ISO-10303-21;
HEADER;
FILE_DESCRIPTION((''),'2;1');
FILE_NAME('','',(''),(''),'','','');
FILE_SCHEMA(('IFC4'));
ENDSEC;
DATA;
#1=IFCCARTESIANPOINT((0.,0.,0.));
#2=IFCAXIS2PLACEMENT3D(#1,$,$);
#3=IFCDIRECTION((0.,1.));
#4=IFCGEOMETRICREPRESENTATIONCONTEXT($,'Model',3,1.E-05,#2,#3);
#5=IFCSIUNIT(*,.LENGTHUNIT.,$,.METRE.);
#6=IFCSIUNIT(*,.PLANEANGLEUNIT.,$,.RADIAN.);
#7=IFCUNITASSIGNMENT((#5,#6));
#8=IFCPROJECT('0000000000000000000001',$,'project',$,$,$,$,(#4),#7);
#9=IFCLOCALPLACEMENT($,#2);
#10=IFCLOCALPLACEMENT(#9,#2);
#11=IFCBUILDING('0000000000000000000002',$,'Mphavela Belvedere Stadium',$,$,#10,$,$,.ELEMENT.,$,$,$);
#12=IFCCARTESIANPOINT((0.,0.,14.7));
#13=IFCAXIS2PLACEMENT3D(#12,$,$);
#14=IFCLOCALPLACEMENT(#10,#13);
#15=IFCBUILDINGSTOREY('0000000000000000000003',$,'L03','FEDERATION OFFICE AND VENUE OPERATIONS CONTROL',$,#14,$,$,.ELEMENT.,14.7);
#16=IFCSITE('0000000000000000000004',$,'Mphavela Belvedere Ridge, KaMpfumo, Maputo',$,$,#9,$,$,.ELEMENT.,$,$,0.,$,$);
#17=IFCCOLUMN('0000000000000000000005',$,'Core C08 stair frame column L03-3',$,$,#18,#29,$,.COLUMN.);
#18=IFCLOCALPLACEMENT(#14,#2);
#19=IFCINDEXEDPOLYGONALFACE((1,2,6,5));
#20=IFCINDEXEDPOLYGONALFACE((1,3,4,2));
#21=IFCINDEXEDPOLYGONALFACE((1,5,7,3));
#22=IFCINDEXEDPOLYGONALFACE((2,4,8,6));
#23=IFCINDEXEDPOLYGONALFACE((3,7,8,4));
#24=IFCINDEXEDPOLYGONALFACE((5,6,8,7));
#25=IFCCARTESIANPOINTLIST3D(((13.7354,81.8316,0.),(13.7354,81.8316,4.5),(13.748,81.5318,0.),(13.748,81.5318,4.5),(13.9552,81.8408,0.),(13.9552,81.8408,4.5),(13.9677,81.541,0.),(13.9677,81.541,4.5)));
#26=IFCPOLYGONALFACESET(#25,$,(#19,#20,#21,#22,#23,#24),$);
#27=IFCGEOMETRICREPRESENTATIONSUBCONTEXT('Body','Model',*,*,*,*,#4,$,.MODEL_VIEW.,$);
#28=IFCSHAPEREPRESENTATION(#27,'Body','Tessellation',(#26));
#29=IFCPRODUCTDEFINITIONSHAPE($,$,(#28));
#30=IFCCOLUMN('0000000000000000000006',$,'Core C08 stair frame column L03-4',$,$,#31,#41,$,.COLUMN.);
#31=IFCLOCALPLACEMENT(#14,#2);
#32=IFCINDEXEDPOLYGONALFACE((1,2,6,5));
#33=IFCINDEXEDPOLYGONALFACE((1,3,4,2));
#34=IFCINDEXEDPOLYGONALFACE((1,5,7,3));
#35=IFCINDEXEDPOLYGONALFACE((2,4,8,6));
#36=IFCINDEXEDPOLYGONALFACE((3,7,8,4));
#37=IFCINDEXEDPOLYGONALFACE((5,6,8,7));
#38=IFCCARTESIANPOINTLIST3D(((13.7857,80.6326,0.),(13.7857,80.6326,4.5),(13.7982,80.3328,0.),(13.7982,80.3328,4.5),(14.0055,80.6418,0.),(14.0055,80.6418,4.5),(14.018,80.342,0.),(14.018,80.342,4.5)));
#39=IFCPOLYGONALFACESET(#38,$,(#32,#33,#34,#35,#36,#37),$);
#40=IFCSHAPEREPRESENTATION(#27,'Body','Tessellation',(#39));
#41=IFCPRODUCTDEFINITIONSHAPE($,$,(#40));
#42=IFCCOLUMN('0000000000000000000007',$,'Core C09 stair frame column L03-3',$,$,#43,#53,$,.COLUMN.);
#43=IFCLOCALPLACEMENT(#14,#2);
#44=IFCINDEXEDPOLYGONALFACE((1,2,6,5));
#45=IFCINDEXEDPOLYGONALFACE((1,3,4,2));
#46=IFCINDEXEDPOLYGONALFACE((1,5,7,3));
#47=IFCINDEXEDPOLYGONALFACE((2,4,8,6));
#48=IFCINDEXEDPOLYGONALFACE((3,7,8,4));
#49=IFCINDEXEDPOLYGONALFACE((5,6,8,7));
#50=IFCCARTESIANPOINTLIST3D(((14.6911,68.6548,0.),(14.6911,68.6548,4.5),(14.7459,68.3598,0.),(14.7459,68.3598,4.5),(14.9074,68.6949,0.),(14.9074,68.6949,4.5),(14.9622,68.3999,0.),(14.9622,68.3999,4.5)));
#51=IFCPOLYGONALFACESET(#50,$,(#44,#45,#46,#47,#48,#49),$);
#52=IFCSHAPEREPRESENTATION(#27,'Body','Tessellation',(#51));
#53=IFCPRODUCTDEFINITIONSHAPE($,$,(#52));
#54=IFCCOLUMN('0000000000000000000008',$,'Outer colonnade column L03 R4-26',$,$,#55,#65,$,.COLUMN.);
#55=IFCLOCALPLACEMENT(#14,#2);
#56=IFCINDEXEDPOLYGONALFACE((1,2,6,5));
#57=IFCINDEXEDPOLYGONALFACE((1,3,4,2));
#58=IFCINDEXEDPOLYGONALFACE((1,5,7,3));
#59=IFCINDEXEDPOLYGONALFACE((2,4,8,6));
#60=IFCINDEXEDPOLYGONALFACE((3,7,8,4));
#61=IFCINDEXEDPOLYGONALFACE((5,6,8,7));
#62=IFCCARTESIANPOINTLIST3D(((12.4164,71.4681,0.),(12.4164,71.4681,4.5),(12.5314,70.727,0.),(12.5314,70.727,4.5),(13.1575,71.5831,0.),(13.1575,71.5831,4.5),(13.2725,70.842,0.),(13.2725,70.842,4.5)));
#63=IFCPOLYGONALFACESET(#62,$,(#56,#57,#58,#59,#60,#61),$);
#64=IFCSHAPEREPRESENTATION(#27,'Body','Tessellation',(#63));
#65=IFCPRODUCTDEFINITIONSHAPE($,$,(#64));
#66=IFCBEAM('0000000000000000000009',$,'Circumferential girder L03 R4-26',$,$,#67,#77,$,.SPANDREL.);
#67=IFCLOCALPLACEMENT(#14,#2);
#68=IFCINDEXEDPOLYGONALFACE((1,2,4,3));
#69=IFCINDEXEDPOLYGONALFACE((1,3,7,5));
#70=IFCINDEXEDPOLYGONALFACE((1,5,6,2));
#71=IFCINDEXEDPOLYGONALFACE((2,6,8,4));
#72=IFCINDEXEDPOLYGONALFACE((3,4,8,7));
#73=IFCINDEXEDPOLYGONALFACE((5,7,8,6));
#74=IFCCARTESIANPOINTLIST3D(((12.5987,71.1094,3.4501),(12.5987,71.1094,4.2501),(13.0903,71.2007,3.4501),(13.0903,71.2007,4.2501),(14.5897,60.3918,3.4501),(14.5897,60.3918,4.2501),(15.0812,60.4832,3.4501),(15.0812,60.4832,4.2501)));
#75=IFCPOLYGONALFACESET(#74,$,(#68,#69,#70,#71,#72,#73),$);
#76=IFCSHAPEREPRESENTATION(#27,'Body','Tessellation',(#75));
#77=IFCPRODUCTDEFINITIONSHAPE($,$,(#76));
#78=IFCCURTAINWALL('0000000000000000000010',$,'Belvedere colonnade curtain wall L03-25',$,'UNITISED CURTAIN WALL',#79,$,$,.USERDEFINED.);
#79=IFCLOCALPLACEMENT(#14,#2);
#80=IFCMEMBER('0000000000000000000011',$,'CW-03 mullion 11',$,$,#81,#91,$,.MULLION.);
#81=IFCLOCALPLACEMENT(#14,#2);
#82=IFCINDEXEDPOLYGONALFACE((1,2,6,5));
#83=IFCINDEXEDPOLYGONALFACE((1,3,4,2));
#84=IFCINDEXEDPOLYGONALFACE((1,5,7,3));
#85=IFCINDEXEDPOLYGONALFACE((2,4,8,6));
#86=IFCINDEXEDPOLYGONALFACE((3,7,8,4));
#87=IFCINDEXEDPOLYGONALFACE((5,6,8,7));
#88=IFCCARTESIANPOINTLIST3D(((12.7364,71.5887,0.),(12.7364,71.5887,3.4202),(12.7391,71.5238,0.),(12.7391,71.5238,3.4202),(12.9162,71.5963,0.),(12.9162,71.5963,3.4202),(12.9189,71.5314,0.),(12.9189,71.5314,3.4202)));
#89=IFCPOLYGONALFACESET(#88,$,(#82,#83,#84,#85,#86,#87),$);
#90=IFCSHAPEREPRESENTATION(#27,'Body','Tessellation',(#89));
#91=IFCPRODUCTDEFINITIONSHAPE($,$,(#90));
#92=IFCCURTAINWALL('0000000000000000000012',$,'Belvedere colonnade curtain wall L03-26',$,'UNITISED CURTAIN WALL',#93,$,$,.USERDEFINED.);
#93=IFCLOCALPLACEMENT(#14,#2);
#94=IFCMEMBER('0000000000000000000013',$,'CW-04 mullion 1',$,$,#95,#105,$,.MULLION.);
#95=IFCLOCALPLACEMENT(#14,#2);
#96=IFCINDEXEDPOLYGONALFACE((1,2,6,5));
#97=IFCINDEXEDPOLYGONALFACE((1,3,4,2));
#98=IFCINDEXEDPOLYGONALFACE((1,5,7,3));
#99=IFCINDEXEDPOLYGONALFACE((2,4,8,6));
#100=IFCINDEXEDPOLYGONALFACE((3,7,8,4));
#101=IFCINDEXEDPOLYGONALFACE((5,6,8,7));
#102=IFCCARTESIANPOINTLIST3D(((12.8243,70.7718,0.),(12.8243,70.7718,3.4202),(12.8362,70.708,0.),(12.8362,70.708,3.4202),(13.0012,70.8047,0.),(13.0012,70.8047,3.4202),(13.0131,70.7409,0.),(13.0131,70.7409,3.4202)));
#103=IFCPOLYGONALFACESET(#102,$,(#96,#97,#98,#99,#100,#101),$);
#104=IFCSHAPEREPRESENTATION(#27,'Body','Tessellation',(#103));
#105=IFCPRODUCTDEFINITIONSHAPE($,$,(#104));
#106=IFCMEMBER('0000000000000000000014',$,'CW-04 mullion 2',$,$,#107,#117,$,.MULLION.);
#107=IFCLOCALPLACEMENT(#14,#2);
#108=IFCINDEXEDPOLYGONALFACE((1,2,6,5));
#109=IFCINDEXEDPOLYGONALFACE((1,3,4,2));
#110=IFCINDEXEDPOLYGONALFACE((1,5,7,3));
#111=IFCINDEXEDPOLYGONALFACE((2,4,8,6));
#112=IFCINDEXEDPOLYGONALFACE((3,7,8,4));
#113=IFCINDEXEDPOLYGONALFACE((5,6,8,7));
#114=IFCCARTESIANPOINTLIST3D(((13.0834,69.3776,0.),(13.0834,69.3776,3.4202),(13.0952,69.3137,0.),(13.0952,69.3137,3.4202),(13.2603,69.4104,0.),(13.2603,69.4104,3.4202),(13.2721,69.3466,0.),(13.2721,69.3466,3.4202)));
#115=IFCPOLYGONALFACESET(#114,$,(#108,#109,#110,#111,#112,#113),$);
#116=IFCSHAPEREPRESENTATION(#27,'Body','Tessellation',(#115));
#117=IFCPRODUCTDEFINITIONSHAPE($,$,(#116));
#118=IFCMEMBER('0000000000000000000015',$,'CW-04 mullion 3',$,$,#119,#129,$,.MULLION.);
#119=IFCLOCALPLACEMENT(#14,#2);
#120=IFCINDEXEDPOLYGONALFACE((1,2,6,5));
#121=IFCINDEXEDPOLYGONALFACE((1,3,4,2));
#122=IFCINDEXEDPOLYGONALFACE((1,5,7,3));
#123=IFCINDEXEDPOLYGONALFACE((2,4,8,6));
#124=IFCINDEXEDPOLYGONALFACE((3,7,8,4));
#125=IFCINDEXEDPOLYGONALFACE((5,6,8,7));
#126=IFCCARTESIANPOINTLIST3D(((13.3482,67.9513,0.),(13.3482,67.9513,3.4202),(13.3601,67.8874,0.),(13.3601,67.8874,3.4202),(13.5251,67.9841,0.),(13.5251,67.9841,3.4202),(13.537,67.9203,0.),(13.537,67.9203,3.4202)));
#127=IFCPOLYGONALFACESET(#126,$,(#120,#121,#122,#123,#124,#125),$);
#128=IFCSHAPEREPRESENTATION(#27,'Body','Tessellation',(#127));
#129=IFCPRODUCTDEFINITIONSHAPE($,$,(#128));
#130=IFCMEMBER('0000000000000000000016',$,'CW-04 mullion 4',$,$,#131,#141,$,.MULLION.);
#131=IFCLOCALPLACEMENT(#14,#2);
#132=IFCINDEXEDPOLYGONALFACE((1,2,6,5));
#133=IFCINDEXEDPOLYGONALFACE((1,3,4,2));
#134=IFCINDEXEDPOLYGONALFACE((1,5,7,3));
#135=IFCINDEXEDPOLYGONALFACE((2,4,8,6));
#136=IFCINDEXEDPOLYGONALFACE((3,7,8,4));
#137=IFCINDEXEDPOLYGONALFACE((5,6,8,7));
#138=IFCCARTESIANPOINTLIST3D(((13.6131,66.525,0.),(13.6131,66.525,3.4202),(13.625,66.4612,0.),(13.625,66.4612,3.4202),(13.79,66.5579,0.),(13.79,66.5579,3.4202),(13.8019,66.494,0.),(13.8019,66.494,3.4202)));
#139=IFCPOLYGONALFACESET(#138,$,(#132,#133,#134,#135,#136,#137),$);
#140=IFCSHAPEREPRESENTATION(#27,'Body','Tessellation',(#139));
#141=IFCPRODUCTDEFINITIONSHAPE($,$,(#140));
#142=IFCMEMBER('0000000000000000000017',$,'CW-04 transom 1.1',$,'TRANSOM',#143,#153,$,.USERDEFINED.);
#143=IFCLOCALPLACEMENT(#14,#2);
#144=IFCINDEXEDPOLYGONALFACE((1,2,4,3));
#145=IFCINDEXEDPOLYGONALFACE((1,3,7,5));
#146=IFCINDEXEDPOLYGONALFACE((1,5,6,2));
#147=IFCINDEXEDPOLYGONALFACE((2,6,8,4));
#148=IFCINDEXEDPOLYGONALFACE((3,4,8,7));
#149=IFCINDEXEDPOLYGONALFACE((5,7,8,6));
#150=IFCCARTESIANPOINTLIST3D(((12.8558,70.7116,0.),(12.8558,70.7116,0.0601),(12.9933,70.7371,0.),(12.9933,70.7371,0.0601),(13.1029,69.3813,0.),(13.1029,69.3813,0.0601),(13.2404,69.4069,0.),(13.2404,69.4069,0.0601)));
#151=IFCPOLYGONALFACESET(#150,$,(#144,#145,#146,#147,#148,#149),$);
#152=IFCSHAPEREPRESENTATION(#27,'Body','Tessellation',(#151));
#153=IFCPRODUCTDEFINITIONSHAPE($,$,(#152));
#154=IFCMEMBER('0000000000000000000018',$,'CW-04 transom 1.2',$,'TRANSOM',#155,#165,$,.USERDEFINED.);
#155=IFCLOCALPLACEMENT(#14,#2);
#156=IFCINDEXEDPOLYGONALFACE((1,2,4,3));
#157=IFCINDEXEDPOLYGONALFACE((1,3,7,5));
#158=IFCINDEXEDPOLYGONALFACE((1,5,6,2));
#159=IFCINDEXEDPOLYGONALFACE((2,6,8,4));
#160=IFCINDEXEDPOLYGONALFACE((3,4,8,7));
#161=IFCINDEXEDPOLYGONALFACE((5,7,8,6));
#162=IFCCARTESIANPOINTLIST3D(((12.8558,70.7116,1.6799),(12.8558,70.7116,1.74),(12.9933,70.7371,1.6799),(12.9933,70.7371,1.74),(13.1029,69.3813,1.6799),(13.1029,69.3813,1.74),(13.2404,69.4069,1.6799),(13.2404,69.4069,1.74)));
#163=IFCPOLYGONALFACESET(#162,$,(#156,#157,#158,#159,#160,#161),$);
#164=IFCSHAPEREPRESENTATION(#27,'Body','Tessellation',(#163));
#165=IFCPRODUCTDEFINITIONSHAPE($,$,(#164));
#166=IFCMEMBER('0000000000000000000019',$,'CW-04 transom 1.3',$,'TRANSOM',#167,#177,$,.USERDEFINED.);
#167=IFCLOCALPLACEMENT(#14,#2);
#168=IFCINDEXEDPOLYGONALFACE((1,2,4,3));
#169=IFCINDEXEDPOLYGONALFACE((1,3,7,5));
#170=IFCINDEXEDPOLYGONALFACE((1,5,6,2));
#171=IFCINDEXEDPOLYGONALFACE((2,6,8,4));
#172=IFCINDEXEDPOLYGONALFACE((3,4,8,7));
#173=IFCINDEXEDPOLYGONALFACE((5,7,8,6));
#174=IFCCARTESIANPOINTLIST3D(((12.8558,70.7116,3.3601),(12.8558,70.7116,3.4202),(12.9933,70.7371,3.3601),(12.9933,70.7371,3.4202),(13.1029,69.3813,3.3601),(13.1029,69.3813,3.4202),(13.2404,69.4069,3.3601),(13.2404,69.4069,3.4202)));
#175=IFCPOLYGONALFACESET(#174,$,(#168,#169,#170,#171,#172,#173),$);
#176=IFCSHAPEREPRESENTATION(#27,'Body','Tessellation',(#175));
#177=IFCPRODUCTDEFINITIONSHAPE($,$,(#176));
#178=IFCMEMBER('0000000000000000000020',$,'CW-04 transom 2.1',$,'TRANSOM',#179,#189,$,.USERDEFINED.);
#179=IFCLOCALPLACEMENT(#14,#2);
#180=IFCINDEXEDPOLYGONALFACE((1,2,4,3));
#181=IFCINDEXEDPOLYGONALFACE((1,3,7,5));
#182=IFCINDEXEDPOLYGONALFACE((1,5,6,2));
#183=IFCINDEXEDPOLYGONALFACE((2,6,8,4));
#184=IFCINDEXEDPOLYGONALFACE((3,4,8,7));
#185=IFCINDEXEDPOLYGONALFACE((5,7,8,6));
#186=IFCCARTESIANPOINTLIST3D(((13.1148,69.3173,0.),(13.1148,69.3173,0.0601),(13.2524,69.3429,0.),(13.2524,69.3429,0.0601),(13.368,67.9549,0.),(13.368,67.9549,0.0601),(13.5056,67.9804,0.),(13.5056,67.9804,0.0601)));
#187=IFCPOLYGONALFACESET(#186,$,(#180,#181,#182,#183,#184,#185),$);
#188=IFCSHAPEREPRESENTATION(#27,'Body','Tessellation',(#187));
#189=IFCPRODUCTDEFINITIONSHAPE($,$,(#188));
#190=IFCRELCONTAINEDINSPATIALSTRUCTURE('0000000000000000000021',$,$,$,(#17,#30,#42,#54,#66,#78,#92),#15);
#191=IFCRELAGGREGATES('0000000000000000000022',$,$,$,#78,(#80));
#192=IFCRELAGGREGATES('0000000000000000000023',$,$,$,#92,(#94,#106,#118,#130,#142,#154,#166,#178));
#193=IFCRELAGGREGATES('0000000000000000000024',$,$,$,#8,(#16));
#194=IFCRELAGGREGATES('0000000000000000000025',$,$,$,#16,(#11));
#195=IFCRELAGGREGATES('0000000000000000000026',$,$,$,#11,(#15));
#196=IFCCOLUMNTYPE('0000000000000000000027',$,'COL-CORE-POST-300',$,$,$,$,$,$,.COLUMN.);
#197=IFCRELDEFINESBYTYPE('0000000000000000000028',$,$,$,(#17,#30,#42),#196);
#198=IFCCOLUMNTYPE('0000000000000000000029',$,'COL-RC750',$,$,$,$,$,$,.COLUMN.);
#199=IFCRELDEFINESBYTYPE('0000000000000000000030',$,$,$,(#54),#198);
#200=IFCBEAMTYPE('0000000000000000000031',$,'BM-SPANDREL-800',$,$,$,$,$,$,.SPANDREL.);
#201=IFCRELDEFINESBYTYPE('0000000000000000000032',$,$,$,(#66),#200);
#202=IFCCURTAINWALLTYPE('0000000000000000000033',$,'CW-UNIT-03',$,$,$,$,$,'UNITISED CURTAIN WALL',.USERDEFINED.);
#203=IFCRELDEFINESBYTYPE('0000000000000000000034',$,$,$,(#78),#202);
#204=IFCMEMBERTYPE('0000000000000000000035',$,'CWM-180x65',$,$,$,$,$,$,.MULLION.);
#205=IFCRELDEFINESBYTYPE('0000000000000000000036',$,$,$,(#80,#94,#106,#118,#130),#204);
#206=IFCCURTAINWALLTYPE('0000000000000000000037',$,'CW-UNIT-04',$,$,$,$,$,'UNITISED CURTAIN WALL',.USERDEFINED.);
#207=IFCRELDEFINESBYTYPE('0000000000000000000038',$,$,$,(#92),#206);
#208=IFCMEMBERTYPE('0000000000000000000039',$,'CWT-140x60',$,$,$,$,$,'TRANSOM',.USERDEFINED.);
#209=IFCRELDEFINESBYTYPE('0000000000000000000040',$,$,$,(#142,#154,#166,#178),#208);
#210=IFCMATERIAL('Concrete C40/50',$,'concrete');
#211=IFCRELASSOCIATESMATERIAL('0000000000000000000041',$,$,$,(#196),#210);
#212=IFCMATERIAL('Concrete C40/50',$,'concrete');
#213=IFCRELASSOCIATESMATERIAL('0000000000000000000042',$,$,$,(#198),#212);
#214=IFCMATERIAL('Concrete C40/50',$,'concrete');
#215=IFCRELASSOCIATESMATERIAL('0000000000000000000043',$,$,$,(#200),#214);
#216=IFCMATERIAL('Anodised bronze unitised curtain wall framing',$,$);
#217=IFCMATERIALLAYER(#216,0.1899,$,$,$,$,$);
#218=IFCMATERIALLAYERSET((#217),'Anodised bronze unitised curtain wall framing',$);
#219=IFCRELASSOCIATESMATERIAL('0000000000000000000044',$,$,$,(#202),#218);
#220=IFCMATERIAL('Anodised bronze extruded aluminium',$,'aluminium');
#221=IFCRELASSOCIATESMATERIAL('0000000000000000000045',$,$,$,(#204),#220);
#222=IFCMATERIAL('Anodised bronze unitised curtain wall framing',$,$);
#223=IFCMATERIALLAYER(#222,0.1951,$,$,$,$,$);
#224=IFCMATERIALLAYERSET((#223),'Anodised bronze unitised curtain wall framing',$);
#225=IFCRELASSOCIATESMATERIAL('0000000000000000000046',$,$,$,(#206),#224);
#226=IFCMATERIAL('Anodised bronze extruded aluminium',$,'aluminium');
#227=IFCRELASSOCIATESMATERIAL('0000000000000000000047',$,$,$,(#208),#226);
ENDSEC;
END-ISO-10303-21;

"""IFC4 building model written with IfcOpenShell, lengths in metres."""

from ifc_helpers import new_model, si_unit, direction, frame, origin, origin_2d, place, context, subcontext, project, spatial, rectangle, extrude, material, layer, layer_set, material_profile, profile_set, type_object, element, aggregate, save


model = new_model("IFC4")

# Units and contexts
model_context = context("Model", 3, precision=1e-05, world=origin(), true_north=direction((0.0, 1.0)))
body_context = subcontext(model_context, "Body", "Model", "MODEL_VIEW")
ifc_project = project(units=[si_unit("LENGTHUNIT", "METRE"), si_unit("PLANEANGLEUNIT", "RADIAN")], contexts=[model_context])

# Site, building, storey
site_placement = place(None, origin())
site = spatial("IfcSite", under=ifc_project, at=site_placement, Name="Mphavela Belvedere Ridge, KaMpfumo, Maputo", CompositionType="ELEMENT", RefElevation=0.0)
building_placement = place(site_placement, origin())
building = spatial("IfcBuilding", under=site, at=building_placement, Name="Mphavela Belvedere Stadium", CompositionType="ELEMENT")
storey_placement = place(building_placement, frame((0.0, 0.0, 14.7)))
storey = spatial("IfcBuildingStorey", under=building, at=storey_placement, Name="L03", Description="FEDERATION OFFICE AND VENUE OPERATIONS CONTROL", CompositionType="ELEMENT", Elevation=14.7)

# Columns
ifc_material_1 = material(Name="Concrete C40/50", Category="concrete")
ifc_material_profile_1 = material_profile(ifc_material_1, rectangle(XDim=0.3, YDim=0.22, at=origin_2d()), Name="RC 300x220")
ifc_profile_set_1 = profile_set([ifc_material_profile_1], Name="Concrete C40/50")
column_type_1 = type_object("IfcColumnType", Name="COL-CORE-POST-300", PredefinedType="COLUMN", material=ifc_profile_set_1)
for number, where, z_axis, x_axis, name in (
    (1, (13.8516, 81.6863, 0.0), (0.0, 0.0, 1.0), (-0.041876, 0.999123, 0.0), "Core C08 stair frame column L03-3"),
    (2, (13.9019, 80.4873, 0.0), (0.0, 0.0, 1.0), (-0.041876, 0.999123, 0.0), "Core C08 stair frame column L03-4"),
    (3, (14.8267, 68.5273, 0.0), (0.0, 0.0, 1.0), (-0.182579, 0.983191, 0.0), "Core C09 stair frame column L03-3"),
):
    element("IfcColumn", number, at=place(storey_placement, frame(where, z_axis=z_axis, x_axis=x_axis)), inside=storey, type_object=column_type_1, Name=name, PredefinedType="COLUMN", context=body_context, shape_type="SweptSolid", body=[
        extrude(rectangle(XDim=0.3, YDim=0.22, at=origin_2d()), origin(), (0.0, 0.0, 1.0), 4.5),
    ])
ifc_material_2 = material(Name="Concrete C40/50", Category="concrete")
ifc_material_profile_2 = material_profile(ifc_material_2, rectangle(XDim=0.75, YDim=0.75, at=origin_2d()), Name="RC 750x750")
ifc_profile_set_2 = profile_set([ifc_material_profile_2], Name="Concrete C40/50")
column_type_2 = type_object("IfcColumnType", Name="COL-RC750", PredefinedType="COLUMN", material=ifc_profile_set_2)
column_placement = place(storey_placement, frame((12.8445, 71.155, 0.0), z_axis=(0.0, 0.0, 1.0), x_axis=(-0.988175, -0.153331, 0.0)))
element("IfcColumn", 4, at=column_placement, inside=storey, type_object=column_type_2, Name="Outer colonnade column L03 R4-26", PredefinedType="COLUMN", context=body_context, shape_type="SweptSolid", body=[
    extrude(rectangle(XDim=0.75, YDim=0.75, at=origin_2d()), origin(), (0.0, 0.0, 1.0), 4.5),
])

# Beam
ifc_material_3 = material(Name="Concrete C40/50", Category="concrete")
ifc_material_profile_3 = material_profile(ifc_material_3, rectangle(XDim=0.5, YDim=0.8, at=origin_2d()), Name="RC 500x800")
ifc_profile_set_3 = profile_set([ifc_material_profile_3], Name="Concrete C40/50")
beam_type = type_object("IfcBeamType", Name="BM-SPANDREL-800", PredefinedType="SPANDREL", material=ifc_profile_set_3)
beam_placement = place(storey_placement, frame((12.8445, 71.155, 3.8501), z_axis=(0.182643, -0.983179, 0.0), x_axis=(0.983179, 0.182643, 0.0)))
element("IfcBeam", 5, at=beam_placement, inside=storey, type_object=beam_type, Name="Circumferential girder L03 R4-26", PredefinedType="SPANDREL", context=body_context, shape_type="SweptSolid", body=[
    extrude(rectangle(XDim=0.5, YDim=0.8, at=origin_2d()), origin(), (0.0, 0.0, 1.0), 10.9009),
])

# Curtain wall, member
ifc_material_4 = material(Name="Anodised bronze unitised curtain wall framing")
ifc_layer_1 = layer(ifc_material_4, 0.1899)
ifc_layer_set_1 = layer_set([ifc_layer_1], Name="Anodised bronze unitised curtain wall framing")
curtain_wall_type_1 = type_object("IfcCurtainWallType", Name="CW-UNIT-03", ElementType="UNITISED CURTAIN WALL", PredefinedType="USERDEFINED", material=ifc_layer_set_1)
curtain_wall_1_placement = place(storey_placement, origin())
curtain_wall_1 = element("IfcCurtainWall", 6, at=curtain_wall_1_placement, inside=storey, type_object=curtain_wall_type_1, Name="Belvedere colonnade curtain wall L03-25", ObjectType="UNITISED CURTAIN WALL", PredefinedType="USERDEFINED")
ifc_material_5 = material(Name="Anodised bronze extruded aluminium", Category="aluminium")
ifc_material_profile_4 = material_profile(ifc_material_5, rectangle(XDim=0.1799, YDim=0.0649, at=origin_2d()), Name="CW-MUL 180x65")
ifc_profile_set_4 = profile_set([ifc_material_profile_4], Name="Anodised bronze extruded aluminium")
member_type_1 = type_object("IfcMemberType", Name="CWM-180x65", PredefinedType="MULLION", material=ifc_profile_set_4)
member_1_placement = place(storey_placement, frame((12.8276, 71.5601, 0.0), z_axis=(0.0, 0.0, 1.0), x_axis=(0.999121, 0.041911, 0.0)))
member_1 = element("IfcMember", 7, at=member_1_placement, type_object=member_type_1, Name="CW-03 mullion 11", PredefinedType="MULLION", context=body_context, shape_type="SweptSolid", body=[
    extrude(rectangle(XDim=0.1799, YDim=0.0649, at=origin_2d()), origin(), (0.0, 0.0, 1.0), 3.4202),
])

# Curtain wall, members
ifc_material_6 = material(Name="Anodised bronze unitised curtain wall framing")
ifc_layer_2 = layer(ifc_material_6, 0.1951)
ifc_layer_set_2 = layer_set([ifc_layer_2], Name="Anodised bronze unitised curtain wall framing")
curtain_wall_type_2 = type_object("IfcCurtainWallType", Name="CW-UNIT-04", ElementType="UNITISED CURTAIN WALL", PredefinedType="USERDEFINED", material=ifc_layer_set_2)
curtain_wall_2_placement = place(storey_placement, origin())
curtain_wall_2 = element("IfcCurtainWall", 8, at=curtain_wall_2_placement, inside=storey, type_object=curtain_wall_type_2, Name="Belvedere colonnade curtain wall L03-26", ObjectType="UNITISED CURTAIN WALL", PredefinedType="USERDEFINED")
member_2_placement = place(storey_placement, frame((12.9187, 70.7563, 0.0), z_axis=(0.0, 0.0, 1.0), x_axis=(0.983181, 0.182631, 0.0)))
member_2 = element("IfcMember", 9, at=member_2_placement, type_object=member_type_1, Name="CW-04 mullion 1", PredefinedType="MULLION", context=body_context, shape_type="SweptSolid", body=[
    extrude(rectangle(XDim=0.1799, YDim=0.0649, at=origin_2d()), origin(), (0.0, 0.0, 1.0), 3.4202),
])
member_3_placement = place(storey_placement, frame((13.1777, 69.3621, 0.0), z_axis=(0.0, 0.0, 1.0), x_axis=(0.983181, 0.182631, 0.0)))
member_3 = element("IfcMember", 10, at=member_3_placement, type_object=member_type_1, Name="CW-04 mullion 2", PredefinedType="MULLION", context=body_context, shape_type="SweptSolid", body=[
    extrude(rectangle(XDim=0.1799, YDim=0.0649, at=origin_2d()), origin(), (0.0, 0.0, 1.0), 3.4202),
])
member_4_placement = place(storey_placement, frame((13.4426, 67.9358, 0.0), z_axis=(0.0, 0.0, 1.0), x_axis=(0.983181, 0.182631, 0.0)))
member_4 = element("IfcMember", 11, at=member_4_placement, type_object=member_type_1, Name="CW-04 mullion 3", PredefinedType="MULLION", context=body_context, shape_type="SweptSolid", body=[
    extrude(rectangle(XDim=0.1799, YDim=0.0649, at=origin_2d()), origin(), (0.0, 0.0, 1.0), 3.4202),
])
member_5_placement = place(storey_placement, frame((13.7075, 66.5095, 0.0), z_axis=(0.0, 0.0, 1.0), x_axis=(0.983181, 0.182631, 0.0)))
member_5 = element("IfcMember", 12, at=member_5_placement, type_object=member_type_1, Name="CW-04 mullion 4", PredefinedType="MULLION", context=body_context, shape_type="SweptSolid", body=[
    extrude(rectangle(XDim=0.1799, YDim=0.0649, at=origin_2d()), origin(), (0.0, 0.0, 1.0), 3.4202),
])
ifc_material_7 = material(Name="Anodised bronze extruded aluminium", Category="aluminium")
ifc_material_profile_5 = material_profile(ifc_material_7, rectangle(XDim=0.1399, YDim=0.0601, at=origin_2d()), Name="CW-TRN 140x60")
ifc_profile_set_5 = profile_set([ifc_material_profile_5], Name="Anodised bronze extruded aluminium")
member_type_2 = type_object("IfcMemberType", Name="CWT-140x60", ElementType="TRANSOM", PredefinedType="USERDEFINED", material=ifc_profile_set_5)
member_6_placement = place(storey_placement, frame((12.9246, 70.7244, 0.03), z_axis=(0.1826, -0.983187, 0.0), x_axis=(0.983187, 0.1826, 0.0)))
member_6 = element("IfcMember", 13, at=member_6_placement, type_object=member_type_2, Name="CW-04 transom 1.1", ObjectType="TRANSOM", PredefinedType="USERDEFINED", context=body_context, shape_type="SweptSolid", body=[
    extrude(rectangle(XDim=0.1399, YDim=0.0601, at=origin_2d()), origin(), (0.0, 0.0, 1.0), 1.353),
])
member_7_placement = place(storey_placement, frame((12.9246, 70.7244, 1.71), z_axis=(0.1826, -0.983187, 0.0), x_axis=(0.983187, 0.1826, 0.0)))
member_7 = element("IfcMember", 14, at=member_7_placement, type_object=member_type_2, Name="CW-04 transom 1.2", ObjectType="TRANSOM", PredefinedType="USERDEFINED", context=body_context, shape_type="SweptSolid", body=[
    extrude(rectangle(XDim=0.1399, YDim=0.0601, at=origin_2d()), origin(), (0.0, 0.0, 1.0), 1.353),
])
member_8_placement = place(storey_placement, frame((12.9246, 70.7244, 3.3901), z_axis=(0.1826, -0.983187, 0.0), x_axis=(0.983187, 0.1826, 0.0)))
member_8 = element("IfcMember", 15, at=member_8_placement, type_object=member_type_2, Name="CW-04 transom 1.3", ObjectType="TRANSOM", PredefinedType="USERDEFINED", context=body_context, shape_type="SweptSolid", body=[
    extrude(rectangle(XDim=0.1399, YDim=0.0601, at=origin_2d()), origin(), (0.0, 0.0, 1.0), 1.353),
])
member_9_placement = place(storey_placement, frame((13.1836, 69.3301, 0.03), z_axis=(0.182714, -0.983166, 0.0), x_axis=(0.983166, 0.182714, 0.0)))
member_9 = element("IfcMember", 16, at=member_9_placement, type_object=member_type_2, Name="CW-04 transom 2.1", ObjectType="TRANSOM", PredefinedType="USERDEFINED", context=body_context, shape_type="SweptSolid", body=[
    extrude(rectangle(XDim=0.1399, YDim=0.0601, at=origin_2d()), origin(), (0.0, 0.0, 1.0), 1.3857),
])

aggregate(curtain_wall_1, [member_1])
aggregate(curtain_wall_2, [member_2, member_3, member_4, member_5, member_6, member_7, member_8, member_9])

save(model, "model.ifc")
